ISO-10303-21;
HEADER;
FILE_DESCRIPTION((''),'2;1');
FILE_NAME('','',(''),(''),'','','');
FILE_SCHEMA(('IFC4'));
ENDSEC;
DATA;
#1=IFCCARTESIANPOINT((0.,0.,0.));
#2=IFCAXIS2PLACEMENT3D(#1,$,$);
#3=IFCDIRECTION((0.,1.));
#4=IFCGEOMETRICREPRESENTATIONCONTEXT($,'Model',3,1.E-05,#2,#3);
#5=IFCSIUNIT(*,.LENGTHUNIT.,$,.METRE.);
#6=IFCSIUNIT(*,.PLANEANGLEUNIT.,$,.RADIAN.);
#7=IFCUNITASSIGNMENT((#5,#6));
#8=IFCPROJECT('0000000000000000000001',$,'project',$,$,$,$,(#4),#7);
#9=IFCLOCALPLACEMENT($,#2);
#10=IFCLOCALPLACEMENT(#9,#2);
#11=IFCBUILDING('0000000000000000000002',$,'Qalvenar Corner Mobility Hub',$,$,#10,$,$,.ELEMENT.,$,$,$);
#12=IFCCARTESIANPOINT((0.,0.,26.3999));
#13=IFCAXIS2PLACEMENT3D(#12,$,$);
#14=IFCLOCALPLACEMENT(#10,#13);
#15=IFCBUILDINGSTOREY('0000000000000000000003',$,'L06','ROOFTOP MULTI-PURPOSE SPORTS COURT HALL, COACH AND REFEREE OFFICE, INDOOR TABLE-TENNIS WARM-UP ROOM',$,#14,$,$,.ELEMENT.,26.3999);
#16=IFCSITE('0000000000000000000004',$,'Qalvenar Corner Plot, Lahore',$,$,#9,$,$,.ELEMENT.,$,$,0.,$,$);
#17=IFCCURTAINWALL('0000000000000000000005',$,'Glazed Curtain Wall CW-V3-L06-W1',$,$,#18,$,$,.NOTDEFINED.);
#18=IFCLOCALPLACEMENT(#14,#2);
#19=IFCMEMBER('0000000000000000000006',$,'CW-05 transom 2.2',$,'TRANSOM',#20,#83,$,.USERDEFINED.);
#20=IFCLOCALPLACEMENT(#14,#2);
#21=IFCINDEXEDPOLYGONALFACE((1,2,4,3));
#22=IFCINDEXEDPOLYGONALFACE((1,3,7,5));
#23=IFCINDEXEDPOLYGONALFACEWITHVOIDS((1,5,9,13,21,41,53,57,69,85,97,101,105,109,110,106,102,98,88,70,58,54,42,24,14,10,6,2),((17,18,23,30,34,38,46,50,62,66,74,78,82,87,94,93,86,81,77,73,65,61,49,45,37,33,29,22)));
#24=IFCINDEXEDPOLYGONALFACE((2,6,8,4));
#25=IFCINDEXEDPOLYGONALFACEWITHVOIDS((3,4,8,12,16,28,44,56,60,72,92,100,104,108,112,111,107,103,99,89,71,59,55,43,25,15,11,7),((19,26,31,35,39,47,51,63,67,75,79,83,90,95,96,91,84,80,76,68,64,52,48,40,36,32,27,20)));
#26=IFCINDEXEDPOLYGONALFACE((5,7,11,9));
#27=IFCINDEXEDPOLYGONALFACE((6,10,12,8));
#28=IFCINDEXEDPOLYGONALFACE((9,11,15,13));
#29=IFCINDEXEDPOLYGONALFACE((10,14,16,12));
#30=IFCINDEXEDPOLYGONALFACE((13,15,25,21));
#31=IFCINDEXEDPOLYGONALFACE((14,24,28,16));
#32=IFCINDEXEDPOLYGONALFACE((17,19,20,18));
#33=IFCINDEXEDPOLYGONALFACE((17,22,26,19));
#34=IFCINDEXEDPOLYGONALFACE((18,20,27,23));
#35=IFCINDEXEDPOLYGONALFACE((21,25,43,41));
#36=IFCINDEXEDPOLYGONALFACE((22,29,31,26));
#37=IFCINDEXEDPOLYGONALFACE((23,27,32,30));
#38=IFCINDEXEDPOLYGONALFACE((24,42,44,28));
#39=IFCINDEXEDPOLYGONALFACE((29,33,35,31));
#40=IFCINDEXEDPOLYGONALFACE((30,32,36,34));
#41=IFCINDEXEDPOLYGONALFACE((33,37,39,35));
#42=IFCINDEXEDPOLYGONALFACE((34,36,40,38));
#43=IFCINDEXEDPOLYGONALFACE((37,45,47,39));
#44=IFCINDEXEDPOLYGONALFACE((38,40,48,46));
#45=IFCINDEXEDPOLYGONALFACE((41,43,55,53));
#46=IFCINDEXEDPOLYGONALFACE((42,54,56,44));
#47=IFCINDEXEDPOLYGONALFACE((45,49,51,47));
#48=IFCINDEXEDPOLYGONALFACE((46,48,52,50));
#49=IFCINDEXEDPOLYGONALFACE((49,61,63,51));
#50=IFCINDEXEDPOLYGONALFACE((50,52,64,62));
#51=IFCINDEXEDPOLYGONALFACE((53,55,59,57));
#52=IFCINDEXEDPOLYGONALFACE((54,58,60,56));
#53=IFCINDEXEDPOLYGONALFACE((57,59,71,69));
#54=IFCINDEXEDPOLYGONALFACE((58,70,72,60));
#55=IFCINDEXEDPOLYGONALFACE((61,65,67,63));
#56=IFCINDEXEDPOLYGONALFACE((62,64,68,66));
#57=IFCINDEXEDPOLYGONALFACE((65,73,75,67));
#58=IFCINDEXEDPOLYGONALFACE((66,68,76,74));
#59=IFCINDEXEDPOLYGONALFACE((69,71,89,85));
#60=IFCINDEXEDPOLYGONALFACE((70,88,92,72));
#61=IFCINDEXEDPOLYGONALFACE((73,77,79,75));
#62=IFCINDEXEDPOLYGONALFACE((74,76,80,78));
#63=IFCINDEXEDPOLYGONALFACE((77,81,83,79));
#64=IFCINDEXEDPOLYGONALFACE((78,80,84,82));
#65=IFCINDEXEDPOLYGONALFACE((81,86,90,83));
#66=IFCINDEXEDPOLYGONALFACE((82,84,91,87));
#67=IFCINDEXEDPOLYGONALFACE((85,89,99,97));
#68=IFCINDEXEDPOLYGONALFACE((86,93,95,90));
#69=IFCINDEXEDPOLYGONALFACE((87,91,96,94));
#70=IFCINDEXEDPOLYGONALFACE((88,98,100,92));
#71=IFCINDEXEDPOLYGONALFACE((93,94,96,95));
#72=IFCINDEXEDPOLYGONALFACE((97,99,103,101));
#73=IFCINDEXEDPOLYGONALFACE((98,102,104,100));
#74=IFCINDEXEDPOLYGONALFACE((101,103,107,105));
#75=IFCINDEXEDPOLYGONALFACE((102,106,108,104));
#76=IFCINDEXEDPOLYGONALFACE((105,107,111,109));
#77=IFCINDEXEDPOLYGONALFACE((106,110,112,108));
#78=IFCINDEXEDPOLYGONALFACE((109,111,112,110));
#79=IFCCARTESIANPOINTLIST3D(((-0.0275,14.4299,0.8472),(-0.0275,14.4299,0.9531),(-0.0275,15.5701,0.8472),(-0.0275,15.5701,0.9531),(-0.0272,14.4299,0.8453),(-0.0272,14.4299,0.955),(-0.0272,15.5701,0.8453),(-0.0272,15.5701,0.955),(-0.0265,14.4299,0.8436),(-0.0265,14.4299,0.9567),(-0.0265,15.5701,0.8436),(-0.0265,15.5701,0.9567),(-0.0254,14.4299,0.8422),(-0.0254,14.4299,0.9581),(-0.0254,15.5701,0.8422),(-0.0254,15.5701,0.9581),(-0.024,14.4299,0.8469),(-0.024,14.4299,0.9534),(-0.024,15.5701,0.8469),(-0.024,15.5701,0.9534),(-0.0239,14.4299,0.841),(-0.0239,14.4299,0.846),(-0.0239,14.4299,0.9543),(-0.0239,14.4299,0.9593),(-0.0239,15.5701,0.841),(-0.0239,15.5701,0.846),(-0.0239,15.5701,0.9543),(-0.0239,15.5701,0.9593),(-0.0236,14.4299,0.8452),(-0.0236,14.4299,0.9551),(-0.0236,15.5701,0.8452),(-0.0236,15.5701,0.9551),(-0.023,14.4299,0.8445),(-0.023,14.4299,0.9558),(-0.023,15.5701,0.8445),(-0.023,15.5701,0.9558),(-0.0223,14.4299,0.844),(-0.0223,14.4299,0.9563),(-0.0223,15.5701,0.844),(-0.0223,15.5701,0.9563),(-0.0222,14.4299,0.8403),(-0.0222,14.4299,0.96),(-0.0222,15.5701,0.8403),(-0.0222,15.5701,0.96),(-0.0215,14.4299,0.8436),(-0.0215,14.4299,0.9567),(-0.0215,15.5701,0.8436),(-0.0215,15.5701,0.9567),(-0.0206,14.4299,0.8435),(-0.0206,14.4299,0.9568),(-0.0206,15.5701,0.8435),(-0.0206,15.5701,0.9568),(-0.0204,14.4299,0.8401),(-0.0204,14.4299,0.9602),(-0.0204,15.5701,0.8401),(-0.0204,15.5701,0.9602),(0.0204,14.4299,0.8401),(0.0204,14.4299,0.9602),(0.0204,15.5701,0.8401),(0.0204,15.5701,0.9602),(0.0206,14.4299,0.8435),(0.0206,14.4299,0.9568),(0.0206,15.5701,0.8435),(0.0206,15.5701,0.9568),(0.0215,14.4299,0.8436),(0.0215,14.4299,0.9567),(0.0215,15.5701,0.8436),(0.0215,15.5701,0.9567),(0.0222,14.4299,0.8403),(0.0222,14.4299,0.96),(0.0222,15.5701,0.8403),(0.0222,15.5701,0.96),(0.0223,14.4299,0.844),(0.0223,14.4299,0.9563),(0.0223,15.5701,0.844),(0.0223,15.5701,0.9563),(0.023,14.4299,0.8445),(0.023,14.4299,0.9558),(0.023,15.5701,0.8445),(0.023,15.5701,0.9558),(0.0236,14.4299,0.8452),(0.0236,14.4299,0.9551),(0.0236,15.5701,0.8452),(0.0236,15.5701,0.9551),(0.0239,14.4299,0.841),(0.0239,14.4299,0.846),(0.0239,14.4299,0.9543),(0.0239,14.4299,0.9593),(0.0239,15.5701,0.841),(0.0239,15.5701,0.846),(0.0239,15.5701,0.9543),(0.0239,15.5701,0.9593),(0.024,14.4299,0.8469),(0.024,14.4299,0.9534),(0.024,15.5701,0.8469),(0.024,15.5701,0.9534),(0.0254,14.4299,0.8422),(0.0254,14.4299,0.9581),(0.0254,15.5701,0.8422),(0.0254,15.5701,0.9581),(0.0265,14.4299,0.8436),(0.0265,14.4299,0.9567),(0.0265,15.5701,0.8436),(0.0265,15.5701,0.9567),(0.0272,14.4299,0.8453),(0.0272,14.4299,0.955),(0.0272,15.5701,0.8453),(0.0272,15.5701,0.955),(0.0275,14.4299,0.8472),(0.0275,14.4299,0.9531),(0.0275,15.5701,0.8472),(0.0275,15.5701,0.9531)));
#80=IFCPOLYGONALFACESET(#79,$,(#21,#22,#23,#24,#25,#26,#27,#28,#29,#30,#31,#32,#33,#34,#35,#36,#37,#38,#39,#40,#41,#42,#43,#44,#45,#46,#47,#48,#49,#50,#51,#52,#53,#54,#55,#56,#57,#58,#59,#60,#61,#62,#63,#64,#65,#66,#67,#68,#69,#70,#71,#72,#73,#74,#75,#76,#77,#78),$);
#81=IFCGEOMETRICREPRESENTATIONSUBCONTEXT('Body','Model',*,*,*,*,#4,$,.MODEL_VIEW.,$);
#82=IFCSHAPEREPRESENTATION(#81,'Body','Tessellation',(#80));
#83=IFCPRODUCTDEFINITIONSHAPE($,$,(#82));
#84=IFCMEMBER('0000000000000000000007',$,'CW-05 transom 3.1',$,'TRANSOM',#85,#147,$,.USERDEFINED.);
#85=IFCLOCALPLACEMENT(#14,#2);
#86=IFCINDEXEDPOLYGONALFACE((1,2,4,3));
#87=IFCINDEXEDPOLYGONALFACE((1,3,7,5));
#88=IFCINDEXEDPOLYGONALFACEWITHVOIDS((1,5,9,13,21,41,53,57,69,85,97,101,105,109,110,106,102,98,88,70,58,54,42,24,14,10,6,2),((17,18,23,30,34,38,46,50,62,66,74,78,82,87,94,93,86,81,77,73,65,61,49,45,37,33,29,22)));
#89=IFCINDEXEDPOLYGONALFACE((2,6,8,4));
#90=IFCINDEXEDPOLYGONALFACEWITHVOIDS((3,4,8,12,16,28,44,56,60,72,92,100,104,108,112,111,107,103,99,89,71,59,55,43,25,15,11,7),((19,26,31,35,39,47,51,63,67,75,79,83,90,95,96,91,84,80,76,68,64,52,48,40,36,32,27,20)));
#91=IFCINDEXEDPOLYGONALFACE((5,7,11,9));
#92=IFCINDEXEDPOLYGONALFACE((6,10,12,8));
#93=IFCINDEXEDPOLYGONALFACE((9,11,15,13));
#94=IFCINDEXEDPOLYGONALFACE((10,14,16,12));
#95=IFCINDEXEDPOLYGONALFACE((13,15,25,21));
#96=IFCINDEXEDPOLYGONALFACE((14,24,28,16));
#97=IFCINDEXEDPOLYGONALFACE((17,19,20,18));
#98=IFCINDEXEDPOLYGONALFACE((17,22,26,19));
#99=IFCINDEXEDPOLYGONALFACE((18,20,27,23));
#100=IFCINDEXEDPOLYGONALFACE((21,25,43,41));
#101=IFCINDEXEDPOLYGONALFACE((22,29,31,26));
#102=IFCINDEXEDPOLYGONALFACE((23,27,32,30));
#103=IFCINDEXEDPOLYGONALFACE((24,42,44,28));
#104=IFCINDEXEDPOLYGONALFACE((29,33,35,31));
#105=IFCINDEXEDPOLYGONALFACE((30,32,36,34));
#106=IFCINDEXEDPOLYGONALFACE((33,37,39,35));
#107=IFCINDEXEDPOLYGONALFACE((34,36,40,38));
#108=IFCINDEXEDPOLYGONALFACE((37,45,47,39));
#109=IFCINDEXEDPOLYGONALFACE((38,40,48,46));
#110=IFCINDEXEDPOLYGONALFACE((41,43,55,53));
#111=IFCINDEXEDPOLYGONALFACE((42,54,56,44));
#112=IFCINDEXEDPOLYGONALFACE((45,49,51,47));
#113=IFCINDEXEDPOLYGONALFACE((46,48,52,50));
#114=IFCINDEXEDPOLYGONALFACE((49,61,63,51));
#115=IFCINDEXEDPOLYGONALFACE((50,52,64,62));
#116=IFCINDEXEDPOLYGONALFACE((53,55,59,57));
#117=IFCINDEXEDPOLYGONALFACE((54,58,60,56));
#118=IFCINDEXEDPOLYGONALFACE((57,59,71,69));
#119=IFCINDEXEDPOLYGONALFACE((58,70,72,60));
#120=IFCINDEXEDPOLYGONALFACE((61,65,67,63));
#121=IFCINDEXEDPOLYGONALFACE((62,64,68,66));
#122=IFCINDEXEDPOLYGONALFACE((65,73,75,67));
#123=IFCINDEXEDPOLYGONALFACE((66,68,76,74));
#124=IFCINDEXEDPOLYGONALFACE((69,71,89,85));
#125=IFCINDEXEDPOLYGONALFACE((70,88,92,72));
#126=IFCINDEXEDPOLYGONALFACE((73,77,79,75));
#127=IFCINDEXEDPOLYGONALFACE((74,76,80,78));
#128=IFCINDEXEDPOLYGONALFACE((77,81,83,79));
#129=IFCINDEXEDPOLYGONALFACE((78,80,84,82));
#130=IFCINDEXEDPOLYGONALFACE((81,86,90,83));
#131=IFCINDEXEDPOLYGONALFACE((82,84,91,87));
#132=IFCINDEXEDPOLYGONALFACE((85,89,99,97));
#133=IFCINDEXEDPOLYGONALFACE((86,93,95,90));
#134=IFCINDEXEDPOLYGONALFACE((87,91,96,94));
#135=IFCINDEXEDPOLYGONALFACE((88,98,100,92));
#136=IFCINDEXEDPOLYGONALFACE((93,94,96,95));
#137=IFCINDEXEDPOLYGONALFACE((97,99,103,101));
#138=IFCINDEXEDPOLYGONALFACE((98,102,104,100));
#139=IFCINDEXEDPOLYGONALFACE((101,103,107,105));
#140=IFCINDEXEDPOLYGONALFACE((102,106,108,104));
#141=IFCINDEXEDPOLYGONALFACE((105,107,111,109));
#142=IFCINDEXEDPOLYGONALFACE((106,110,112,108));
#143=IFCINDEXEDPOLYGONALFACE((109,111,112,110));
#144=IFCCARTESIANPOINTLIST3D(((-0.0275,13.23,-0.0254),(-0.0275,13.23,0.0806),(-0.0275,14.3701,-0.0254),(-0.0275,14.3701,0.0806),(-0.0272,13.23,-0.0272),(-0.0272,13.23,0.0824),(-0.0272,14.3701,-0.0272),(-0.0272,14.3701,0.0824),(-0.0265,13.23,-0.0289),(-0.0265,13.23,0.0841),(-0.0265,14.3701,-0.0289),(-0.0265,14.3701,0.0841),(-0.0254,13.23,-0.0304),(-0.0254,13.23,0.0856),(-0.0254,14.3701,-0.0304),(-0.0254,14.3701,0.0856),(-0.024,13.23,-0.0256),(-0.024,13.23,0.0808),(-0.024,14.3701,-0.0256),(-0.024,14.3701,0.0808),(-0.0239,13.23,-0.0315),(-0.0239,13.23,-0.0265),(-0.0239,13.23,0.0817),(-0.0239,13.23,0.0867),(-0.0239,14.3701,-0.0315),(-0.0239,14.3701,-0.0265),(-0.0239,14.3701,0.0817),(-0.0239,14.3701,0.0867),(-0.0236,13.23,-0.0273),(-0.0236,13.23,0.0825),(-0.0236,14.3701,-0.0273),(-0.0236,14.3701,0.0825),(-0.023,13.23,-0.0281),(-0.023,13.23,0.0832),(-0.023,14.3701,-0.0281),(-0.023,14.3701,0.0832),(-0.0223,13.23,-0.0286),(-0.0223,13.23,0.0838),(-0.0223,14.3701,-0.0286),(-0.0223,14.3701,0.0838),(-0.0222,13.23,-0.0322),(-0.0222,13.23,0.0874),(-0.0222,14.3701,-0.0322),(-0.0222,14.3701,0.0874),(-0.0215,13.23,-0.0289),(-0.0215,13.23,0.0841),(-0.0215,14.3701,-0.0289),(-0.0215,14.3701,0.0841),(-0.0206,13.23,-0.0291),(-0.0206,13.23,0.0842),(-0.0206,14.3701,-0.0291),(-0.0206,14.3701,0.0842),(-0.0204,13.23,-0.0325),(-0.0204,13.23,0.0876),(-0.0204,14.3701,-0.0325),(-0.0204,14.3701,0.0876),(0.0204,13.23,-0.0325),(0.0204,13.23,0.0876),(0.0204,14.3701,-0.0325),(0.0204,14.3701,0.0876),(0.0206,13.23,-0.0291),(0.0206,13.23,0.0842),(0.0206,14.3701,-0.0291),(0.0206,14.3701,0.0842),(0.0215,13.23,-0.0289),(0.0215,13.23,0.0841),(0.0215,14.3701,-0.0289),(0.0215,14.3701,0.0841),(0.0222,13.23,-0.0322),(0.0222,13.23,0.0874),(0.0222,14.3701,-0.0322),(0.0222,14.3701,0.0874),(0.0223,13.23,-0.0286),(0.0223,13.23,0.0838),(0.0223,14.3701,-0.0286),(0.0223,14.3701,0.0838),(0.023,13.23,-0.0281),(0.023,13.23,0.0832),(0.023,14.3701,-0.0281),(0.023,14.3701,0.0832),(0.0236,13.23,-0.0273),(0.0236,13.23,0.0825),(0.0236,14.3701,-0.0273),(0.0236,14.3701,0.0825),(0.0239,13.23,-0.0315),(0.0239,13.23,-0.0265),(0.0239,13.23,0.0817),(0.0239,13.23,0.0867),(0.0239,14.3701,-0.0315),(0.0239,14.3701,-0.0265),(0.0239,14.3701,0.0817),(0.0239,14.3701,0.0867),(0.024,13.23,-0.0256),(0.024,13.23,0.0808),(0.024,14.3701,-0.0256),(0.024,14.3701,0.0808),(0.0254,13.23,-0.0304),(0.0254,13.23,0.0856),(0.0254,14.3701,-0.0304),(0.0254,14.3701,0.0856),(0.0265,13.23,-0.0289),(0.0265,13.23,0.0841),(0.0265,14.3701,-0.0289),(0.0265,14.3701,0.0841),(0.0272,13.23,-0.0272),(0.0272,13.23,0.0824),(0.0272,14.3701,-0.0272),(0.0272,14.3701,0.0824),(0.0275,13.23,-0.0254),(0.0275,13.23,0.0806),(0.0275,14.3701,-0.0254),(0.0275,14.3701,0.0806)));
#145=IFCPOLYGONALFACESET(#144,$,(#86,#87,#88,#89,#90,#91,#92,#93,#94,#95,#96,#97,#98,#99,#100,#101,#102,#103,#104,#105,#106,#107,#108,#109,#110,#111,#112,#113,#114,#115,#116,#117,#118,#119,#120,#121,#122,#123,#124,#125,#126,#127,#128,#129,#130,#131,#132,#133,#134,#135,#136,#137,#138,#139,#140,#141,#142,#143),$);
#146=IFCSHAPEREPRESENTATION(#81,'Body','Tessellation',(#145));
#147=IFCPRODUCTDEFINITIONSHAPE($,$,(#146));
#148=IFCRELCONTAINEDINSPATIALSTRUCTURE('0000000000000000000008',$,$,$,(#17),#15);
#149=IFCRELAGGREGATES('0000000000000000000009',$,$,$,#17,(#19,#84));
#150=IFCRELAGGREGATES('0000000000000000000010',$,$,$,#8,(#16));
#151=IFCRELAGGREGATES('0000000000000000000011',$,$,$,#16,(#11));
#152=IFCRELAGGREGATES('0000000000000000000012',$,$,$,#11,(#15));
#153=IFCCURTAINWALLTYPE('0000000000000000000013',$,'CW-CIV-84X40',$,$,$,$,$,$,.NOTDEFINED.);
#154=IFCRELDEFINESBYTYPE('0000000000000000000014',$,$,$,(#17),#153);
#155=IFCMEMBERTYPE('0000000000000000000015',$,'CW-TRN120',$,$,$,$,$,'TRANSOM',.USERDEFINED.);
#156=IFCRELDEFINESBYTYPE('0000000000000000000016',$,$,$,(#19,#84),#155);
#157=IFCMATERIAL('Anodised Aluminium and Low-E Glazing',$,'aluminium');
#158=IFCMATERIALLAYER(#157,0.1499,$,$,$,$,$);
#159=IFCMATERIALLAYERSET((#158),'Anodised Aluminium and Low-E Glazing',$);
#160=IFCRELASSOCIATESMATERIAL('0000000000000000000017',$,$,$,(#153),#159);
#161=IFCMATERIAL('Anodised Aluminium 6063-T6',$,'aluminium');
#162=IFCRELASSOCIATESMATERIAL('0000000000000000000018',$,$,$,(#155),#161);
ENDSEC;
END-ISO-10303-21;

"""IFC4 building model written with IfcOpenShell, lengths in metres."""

from ifc_helpers import new_model, si_unit, direction, frame, origin, origin_2d, place, context, subcontext, project, spatial, hollow_rectangle, extrude, material, layer, layer_set, material_profile, profile_set, type_object, element, aggregate, save


model = new_model("IFC4")

# Units and contexts
model_context = context("Model", 3, precision=1e-05, world=origin(), true_north=direction((0.0, 1.0)))
body_context = subcontext(model_context, "Body", "Model", "MODEL_VIEW")
ifc_project = project(units=[si_unit("LENGTHUNIT", "METRE"), si_unit("PLANEANGLEUNIT", "RADIAN")], contexts=[model_context])

# Site, building, storey
site_placement = place(None, origin())
site = spatial("IfcSite", under=ifc_project, at=site_placement, Name="Qalvenar Corner Plot, Lahore", CompositionType="ELEMENT", RefElevation=0.0)
building_placement = place(site_placement, origin())
building = spatial("IfcBuilding", under=site, at=building_placement, Name="Qalvenar Corner Mobility Hub", CompositionType="ELEMENT")
storey_placement = place(building_placement, frame((0.0, 0.0, 26.3999)))
storey = spatial("IfcBuildingStorey", under=building, at=storey_placement, Name="L06", Description="ROOFTOP MULTI-PURPOSE SPORTS COURT HALL, COACH AND REFEREE OFFICE, INDOOR TABLE-TENNIS WARM-UP ROOM", CompositionType="ELEMENT", Elevation=26.3999)

# Curtain wall, members
ifc_material_1 = material(Name="Anodised Aluminium and Low-E Glazing", Category="aluminium")
ifc_layer_1 = layer(ifc_material_1, 0.1499)
ifc_layer_set_1 = layer_set([ifc_layer_1], Name="Anodised Aluminium and Low-E Glazing")
curtain_wall_type = type_object("IfcCurtainWallType", Name="CW-CIV-84X40", PredefinedType="NOTDEFINED", material=ifc_layer_set_1)
curtain_wall_placement = place(storey_placement, origin())
curtain_wall = element("IfcCurtainWall", 1, at=curtain_wall_placement, inside=storey, type_object=curtain_wall_type, Name="Glazed Curtain Wall CW-V3-L06-W1", PredefinedType="NOTDEFINED")
ifc_material_2 = material(Name="Anodised Aluminium 6063-T6", Category="aluminium")
ifc_material_profile_1 = material_profile(ifc_material_2, hollow_rectangle(XDim=0.0549, YDim=0.1201, WallThickness=0.0034, InnerFilletRadius=0.0034, OuterFilletRadius=0.0071, at=origin_2d()), Name="RHS120x55x3.5")
ifc_profile_set_1 = profile_set([ifc_material_profile_1], Name="Anodised Aluminium 6063-T6")
member_type_1 = type_object("IfcMemberType", Name="CW-TRN120", ElementType="TRANSOM", PredefinedType="USERDEFINED", material=ifc_profile_set_1)
member_1_placement = place(storey_placement, frame((0.0, 15.5701, 0.9001), z_axis=(0.0, -1.0, 0.0), x_axis=(1.0, 0.0, 0.0)))
member_1 = element("IfcMember", 2, at=member_1_placement, type_object=member_type_1, Name="CW-05 transom 2.2", ObjectType="TRANSOM", PredefinedType="USERDEFINED", context=body_context, shape_type="SweptSolid", body=[
    extrude(hollow_rectangle(XDim=0.0549, YDim=0.1201, WallThickness=0.0034, InnerFilletRadius=0.0034, OuterFilletRadius=0.0071, at=origin_2d()), origin(), (0.0, 0.0, 1.0), 1.1401),
])
member_2_placement = place(storey_placement, frame((0.0, 14.3701, 0.0276), z_axis=(0.0, -1.0, 0.0), x_axis=(1.0, 0.0, 0.0)))
member_2 = element("IfcMember", 3, at=member_2_placement, type_object=member_type_1, Name="CW-05 transom 3.1", ObjectType="TRANSOM", PredefinedType="USERDEFINED", context=body_context, shape_type="SweptSolid", body=[
    extrude(hollow_rectangle(XDim=0.0549, YDim=0.1201, WallThickness=0.0034, InnerFilletRadius=0.0034, OuterFilletRadius=0.0071, at=origin_2d()), origin(), (0.0, 0.0, 1.0), 1.1401),
])
aggregate(curtain_wall, [member_1, member_2])

save(model, "model.ifc")
